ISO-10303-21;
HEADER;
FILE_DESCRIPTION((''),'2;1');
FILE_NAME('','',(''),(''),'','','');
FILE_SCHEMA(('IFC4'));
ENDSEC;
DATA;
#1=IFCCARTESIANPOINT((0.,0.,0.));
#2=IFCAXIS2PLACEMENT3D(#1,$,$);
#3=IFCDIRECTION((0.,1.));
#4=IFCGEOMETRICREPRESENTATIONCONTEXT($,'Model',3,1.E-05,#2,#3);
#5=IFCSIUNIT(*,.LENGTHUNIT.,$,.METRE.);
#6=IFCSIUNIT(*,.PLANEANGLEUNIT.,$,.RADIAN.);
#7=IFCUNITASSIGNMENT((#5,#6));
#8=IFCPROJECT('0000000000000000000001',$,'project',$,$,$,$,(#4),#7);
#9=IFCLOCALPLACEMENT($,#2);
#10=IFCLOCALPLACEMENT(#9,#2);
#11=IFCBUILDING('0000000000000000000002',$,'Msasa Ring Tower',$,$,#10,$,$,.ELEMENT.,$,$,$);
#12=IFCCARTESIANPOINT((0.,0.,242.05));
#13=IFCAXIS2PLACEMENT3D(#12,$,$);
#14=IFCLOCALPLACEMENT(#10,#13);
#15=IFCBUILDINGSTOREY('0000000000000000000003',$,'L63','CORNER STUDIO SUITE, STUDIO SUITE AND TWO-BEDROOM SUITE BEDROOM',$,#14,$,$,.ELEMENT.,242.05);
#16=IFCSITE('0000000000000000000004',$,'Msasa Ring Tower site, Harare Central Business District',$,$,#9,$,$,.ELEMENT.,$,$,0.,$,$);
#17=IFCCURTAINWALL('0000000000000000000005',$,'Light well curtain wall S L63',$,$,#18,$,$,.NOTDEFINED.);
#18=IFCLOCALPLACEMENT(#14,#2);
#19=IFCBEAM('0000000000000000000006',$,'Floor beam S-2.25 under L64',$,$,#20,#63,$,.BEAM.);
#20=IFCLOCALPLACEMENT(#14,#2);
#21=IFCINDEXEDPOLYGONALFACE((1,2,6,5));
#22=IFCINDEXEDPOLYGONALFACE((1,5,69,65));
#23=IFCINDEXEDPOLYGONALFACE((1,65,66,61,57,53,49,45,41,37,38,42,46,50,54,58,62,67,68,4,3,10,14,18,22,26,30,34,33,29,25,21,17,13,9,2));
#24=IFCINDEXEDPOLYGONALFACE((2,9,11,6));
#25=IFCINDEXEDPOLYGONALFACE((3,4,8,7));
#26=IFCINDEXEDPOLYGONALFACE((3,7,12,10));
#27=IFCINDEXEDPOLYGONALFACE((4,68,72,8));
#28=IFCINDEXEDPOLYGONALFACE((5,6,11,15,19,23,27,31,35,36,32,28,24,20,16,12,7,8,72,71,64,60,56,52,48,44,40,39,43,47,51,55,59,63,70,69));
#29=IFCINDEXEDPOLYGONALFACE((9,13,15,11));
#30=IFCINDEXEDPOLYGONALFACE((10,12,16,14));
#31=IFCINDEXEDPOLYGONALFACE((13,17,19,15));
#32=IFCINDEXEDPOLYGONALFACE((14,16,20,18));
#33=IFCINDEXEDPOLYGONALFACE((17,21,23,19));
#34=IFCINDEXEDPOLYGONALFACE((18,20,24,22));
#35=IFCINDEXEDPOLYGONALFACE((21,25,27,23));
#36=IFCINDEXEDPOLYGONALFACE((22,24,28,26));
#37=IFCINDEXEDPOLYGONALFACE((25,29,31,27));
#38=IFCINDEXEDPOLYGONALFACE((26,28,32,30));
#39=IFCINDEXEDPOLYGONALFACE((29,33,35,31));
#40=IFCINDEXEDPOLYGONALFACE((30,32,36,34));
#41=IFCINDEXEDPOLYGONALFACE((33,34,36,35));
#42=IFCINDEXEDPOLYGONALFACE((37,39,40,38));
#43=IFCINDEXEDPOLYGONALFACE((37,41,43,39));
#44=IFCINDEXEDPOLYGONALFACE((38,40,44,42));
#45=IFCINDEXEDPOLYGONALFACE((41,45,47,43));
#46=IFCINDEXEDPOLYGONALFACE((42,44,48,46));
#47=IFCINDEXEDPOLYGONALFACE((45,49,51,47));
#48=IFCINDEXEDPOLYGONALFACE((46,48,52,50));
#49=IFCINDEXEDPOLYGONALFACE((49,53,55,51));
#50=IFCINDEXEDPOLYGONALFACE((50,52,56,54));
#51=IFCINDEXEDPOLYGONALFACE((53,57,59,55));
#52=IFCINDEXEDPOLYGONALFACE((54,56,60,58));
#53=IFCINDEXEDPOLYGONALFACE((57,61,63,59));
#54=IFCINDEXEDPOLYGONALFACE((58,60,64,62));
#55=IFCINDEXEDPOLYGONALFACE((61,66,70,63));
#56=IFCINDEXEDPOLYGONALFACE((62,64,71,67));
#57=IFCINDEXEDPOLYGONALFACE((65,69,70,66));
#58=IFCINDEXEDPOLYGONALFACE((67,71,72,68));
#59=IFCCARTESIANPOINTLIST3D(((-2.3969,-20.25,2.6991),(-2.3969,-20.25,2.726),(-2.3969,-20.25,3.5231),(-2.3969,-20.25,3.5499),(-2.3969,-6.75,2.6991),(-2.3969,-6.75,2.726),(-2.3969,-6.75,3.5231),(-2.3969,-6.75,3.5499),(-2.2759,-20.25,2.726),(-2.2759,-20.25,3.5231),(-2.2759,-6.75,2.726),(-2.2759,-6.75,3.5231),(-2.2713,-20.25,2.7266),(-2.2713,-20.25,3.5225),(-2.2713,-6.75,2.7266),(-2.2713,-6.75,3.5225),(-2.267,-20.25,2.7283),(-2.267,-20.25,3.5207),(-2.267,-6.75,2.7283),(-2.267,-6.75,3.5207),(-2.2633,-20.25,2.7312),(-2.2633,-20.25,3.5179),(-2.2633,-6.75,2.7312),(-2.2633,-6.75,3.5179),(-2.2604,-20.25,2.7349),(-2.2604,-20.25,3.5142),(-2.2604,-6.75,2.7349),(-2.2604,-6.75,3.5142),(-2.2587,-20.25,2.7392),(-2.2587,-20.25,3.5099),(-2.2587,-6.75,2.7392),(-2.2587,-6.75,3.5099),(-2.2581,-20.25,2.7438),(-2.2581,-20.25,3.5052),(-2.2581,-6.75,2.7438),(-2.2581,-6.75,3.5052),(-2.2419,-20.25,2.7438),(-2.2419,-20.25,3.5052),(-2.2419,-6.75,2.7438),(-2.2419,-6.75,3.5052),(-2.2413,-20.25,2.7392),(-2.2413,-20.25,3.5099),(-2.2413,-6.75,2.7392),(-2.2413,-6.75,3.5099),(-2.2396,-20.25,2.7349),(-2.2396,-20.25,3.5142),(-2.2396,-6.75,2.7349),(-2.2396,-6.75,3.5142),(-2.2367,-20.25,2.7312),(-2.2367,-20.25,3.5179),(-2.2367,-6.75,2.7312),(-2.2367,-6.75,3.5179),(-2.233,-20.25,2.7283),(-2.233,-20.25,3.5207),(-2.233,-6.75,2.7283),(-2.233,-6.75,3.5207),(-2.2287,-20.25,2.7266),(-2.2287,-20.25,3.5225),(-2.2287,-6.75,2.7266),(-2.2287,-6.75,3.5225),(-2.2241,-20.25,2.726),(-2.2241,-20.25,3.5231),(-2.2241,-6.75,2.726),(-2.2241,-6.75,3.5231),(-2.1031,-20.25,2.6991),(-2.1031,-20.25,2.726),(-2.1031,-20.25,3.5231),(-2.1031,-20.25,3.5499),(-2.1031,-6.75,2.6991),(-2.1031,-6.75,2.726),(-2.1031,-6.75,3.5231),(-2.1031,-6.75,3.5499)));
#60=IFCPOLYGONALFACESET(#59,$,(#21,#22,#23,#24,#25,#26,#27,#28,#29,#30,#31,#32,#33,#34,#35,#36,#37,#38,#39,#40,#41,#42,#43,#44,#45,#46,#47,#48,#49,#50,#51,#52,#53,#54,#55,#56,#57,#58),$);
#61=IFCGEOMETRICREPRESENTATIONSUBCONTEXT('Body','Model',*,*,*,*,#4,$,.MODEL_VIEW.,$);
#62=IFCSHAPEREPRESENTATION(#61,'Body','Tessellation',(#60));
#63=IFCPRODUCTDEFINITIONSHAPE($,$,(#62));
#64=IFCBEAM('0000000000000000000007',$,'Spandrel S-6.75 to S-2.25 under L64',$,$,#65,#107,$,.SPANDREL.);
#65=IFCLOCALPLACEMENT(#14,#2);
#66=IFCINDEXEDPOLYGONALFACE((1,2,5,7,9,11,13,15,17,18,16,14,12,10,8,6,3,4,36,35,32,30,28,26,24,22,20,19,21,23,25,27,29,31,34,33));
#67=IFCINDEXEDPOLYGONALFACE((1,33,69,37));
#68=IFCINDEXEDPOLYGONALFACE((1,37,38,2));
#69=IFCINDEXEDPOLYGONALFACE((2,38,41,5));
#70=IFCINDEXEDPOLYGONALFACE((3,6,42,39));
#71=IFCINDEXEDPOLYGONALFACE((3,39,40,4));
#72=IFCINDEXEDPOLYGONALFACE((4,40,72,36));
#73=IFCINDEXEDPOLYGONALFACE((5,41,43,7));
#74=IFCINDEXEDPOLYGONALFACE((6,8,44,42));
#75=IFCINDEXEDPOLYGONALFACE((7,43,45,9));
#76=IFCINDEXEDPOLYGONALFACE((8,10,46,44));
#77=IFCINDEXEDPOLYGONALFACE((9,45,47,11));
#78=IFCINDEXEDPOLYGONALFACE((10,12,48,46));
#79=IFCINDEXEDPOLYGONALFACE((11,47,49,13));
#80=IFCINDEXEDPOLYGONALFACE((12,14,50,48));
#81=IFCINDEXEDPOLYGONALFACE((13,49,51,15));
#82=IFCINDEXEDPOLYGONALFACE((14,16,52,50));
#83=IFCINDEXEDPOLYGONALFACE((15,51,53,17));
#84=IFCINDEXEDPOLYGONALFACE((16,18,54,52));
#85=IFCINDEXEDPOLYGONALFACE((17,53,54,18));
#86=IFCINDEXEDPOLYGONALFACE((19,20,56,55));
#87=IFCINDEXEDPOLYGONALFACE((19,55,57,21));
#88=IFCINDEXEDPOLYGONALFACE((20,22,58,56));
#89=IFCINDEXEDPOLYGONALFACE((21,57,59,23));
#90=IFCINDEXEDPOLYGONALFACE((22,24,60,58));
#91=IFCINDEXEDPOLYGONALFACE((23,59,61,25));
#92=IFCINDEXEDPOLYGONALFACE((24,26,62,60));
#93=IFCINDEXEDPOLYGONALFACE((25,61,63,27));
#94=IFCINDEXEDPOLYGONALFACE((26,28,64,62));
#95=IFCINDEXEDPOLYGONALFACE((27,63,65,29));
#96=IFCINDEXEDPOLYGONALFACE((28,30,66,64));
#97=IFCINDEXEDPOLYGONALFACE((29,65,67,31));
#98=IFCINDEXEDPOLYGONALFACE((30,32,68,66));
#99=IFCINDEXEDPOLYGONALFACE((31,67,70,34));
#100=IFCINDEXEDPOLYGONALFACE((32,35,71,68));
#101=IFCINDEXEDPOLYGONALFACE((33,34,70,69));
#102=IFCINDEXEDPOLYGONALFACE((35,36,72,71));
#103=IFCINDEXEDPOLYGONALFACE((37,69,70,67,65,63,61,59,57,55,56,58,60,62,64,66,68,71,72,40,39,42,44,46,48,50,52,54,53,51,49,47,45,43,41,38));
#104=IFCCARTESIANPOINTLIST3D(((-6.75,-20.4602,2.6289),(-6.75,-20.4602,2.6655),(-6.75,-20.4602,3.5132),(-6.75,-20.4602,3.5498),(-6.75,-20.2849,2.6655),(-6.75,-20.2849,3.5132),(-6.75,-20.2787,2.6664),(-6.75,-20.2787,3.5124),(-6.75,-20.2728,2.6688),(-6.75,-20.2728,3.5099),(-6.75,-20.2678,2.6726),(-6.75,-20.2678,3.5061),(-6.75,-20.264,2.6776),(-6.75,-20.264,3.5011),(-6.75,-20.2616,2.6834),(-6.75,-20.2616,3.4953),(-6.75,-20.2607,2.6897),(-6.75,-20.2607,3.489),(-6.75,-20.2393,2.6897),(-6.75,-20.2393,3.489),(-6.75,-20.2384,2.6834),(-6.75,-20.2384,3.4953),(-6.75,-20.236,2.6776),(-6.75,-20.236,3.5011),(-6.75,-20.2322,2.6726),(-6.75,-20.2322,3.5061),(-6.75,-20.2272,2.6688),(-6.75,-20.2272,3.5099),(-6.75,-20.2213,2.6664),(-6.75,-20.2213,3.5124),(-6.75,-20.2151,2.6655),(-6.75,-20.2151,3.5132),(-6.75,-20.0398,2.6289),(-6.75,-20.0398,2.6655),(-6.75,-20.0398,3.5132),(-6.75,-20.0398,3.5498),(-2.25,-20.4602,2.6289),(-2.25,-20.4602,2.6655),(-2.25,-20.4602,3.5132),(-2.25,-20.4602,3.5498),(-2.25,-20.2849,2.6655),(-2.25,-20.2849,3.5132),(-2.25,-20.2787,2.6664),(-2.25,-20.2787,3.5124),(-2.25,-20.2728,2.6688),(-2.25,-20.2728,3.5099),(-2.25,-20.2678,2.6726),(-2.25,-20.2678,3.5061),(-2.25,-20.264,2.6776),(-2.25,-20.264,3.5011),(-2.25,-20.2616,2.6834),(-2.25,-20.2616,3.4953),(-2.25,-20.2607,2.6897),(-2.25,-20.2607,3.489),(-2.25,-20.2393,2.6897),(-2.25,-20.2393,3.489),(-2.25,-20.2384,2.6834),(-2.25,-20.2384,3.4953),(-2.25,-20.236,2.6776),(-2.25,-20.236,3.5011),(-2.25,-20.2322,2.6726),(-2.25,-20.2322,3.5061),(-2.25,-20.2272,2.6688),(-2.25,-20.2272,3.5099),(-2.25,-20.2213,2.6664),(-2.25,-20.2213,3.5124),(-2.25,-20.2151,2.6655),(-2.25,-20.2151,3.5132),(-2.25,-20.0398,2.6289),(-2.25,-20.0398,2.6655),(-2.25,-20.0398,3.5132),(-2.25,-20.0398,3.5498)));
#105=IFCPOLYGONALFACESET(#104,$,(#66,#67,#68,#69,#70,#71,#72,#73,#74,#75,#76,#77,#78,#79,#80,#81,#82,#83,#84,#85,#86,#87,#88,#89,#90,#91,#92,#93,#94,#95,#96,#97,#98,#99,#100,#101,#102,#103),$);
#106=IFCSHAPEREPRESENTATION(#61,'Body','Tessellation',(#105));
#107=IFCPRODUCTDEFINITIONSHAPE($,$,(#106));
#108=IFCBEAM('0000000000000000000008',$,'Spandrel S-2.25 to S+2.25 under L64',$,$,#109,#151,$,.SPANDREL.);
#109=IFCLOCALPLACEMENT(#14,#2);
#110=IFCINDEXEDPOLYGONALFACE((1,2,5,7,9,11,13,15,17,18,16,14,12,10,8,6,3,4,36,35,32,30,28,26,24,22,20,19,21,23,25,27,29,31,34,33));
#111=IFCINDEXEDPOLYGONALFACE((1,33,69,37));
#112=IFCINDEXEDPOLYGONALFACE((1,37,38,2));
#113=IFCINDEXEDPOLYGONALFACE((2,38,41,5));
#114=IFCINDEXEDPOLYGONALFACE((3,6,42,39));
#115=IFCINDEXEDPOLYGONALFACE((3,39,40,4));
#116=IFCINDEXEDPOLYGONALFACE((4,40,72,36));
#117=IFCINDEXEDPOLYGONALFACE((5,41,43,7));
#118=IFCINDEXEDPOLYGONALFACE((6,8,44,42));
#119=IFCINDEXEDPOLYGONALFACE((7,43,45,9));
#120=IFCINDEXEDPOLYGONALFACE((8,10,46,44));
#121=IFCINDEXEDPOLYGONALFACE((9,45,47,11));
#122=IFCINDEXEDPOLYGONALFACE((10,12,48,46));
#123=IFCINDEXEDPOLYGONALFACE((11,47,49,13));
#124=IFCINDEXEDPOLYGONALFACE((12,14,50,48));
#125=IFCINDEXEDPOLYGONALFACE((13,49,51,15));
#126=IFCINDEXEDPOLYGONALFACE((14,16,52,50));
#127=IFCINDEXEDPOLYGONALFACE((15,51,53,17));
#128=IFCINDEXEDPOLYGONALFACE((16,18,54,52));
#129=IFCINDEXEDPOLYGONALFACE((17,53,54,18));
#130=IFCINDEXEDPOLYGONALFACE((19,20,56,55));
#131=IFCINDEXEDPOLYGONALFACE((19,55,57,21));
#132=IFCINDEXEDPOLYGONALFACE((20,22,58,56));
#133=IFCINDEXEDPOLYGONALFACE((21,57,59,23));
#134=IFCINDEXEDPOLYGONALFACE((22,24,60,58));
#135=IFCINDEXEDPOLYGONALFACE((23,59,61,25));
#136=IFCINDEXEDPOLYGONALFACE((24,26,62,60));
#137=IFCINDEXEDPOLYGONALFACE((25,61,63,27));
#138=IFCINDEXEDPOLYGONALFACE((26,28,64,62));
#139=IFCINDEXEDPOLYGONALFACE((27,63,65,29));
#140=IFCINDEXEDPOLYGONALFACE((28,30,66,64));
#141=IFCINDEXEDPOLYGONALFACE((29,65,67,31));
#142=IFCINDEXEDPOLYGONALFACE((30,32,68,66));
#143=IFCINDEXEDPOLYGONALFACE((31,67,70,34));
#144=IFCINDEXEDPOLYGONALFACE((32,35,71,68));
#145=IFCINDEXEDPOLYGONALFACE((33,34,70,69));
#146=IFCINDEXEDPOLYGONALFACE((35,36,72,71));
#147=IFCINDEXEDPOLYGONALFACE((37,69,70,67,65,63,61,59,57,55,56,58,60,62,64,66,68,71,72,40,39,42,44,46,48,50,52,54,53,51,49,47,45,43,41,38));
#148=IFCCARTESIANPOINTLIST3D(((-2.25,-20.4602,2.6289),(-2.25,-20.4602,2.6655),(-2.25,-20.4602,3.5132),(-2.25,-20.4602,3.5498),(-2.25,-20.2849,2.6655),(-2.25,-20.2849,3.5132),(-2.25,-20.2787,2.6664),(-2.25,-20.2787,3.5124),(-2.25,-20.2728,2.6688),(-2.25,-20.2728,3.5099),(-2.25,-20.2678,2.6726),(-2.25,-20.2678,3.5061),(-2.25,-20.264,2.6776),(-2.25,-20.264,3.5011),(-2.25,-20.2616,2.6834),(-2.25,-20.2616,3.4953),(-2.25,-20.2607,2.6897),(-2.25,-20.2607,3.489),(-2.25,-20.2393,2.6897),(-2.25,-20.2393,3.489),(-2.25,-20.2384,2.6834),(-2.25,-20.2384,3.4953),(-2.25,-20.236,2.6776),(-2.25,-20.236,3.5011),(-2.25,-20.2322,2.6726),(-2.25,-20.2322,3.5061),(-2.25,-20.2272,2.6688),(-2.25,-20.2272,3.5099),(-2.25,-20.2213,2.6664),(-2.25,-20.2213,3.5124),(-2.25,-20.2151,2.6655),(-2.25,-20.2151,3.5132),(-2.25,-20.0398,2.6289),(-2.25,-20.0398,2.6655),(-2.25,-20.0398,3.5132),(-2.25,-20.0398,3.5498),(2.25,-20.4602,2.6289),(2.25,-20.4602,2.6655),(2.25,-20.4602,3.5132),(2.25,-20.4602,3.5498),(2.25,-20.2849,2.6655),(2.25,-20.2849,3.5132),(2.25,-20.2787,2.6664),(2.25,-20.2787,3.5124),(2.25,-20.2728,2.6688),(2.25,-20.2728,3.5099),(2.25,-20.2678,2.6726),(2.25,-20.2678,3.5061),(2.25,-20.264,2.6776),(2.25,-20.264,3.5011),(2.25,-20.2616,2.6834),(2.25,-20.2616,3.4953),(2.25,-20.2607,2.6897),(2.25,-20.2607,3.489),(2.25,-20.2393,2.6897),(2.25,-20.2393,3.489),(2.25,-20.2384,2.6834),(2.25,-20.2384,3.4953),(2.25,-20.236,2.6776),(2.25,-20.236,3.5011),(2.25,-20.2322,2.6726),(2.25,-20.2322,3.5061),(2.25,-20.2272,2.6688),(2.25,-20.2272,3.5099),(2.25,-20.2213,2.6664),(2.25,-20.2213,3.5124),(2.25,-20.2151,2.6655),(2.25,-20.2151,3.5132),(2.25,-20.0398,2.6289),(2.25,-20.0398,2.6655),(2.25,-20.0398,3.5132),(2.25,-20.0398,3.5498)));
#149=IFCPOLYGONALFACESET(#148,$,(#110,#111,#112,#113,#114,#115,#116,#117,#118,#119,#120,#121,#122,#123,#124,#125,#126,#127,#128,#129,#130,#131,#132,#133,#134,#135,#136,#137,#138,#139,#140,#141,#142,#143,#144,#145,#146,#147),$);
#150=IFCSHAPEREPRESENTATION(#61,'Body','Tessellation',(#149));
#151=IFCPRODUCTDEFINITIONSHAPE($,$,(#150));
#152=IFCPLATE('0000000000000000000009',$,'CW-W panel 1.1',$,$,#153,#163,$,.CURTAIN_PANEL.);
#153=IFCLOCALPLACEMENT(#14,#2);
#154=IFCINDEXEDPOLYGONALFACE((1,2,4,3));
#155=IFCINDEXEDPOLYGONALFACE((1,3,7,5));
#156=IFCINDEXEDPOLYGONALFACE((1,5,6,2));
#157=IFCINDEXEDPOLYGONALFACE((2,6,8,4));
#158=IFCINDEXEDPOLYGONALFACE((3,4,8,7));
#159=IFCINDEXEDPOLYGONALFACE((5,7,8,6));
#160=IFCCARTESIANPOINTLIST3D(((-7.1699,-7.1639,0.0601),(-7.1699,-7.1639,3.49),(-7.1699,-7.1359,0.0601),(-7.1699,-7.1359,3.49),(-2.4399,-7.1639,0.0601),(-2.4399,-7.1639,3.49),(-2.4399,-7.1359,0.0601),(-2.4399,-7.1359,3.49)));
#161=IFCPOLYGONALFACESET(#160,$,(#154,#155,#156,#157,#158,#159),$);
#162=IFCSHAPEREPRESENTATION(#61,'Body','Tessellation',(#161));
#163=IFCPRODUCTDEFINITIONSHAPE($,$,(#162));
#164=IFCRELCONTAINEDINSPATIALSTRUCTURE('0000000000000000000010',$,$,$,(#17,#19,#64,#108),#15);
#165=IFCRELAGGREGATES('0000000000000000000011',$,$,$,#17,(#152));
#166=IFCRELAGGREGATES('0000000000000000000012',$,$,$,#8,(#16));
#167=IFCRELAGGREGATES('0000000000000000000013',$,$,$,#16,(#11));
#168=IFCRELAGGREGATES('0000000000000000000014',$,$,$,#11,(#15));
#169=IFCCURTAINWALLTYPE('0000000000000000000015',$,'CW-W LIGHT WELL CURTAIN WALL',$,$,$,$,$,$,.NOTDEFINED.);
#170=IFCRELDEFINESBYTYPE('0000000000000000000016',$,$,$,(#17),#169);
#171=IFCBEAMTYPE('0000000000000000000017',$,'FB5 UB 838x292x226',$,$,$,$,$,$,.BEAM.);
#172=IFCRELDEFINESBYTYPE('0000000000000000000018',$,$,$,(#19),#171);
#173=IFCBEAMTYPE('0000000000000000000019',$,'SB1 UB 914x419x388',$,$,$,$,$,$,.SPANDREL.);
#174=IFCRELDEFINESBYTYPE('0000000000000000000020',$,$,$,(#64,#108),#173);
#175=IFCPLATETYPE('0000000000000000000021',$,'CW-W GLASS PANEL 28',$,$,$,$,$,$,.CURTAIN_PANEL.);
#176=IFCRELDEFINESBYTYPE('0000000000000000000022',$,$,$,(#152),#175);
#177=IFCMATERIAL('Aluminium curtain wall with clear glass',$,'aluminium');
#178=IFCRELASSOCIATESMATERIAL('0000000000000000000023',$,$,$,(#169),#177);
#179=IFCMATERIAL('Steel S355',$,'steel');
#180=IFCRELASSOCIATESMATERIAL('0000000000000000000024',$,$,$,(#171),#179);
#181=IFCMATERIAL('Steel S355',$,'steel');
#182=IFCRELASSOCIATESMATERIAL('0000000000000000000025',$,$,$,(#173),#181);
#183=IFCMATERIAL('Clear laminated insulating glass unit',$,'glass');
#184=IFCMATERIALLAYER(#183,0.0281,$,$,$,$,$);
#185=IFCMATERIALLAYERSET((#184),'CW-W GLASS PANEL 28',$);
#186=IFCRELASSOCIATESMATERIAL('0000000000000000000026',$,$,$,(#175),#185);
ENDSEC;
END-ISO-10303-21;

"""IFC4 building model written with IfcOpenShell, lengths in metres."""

from ifc_helpers import new_model, si_unit, direction, frame, origin, origin_2d, place, context, subcontext, project, spatial, rectangle, i_section, extrude, material, layer, layer_set, material_profile, profile_set, type_object, element, aggregate, save


model = new_model("IFC4")

# Units and contexts
model_context = context("Model", 3, precision=1e-05, world=origin(), true_north=direction((0.0, 1.0)))
body_context = subcontext(model_context, "Body", "Model", "MODEL_VIEW")
ifc_project = project(units=[si_unit("LENGTHUNIT", "METRE"), si_unit("PLANEANGLEUNIT", "RADIAN")], contexts=[model_context])

# Site, building, storey
site_placement = place(None, origin())
site = spatial("IfcSite", under=ifc_project, at=site_placement, Name="Msasa Ring Tower site, Harare Central Business District", CompositionType="ELEMENT", RefElevation=0.0)
building_placement = place(site_placement, origin())
building = spatial("IfcBuilding", under=site, at=building_placement, Name="Msasa Ring Tower", CompositionType="ELEMENT")
storey_placement = place(building_placement, frame((0.0, 0.0, 242.05)))
storey = spatial("IfcBuildingStorey", under=building, at=storey_placement, Name="L63", Description="CORNER STUDIO SUITE, STUDIO SUITE AND TWO-BEDROOM SUITE BEDROOM", CompositionType="ELEMENT", Elevation=242.05)

# Curtain wall
ifc_material_1 = material(Name="Aluminium curtain wall with clear glass", Category="aluminium")
curtain_wall_type = type_object("IfcCurtainWallType", Name="CW-W LIGHT WELL CURTAIN WALL", PredefinedType="NOTDEFINED", material=ifc_material_1)
curtain_wall_placement = place(storey_placement, origin())
curtain_wall = element("IfcCurtainWall", 1, at=curtain_wall_placement, inside=storey, type_object=curtain_wall_type, Name="Light well curtain wall S L63", PredefinedType="NOTDEFINED")

# Beams
ifc_material_2 = material(Name="Steel S355", Category="steel")
ifc_material_profile_1 = material_profile(ifc_material_2, i_section(OverallWidth=0.2937, OverallDepth=0.8508, WebThickness=0.0161, FlangeThickness=0.0269, FilletRadius=0.0178, at=origin_2d()), Name="UB 838x292x226")
ifc_profile_set_1 = profile_set([ifc_material_profile_1], Name="Steel S355")
beam_type_1 = type_object("IfcBeamType", Name="FB5 UB 838x292x226", PredefinedType="BEAM", material=ifc_profile_set_1)
for number, where, z_axis, x_axis, name in (
    (2, (-2.25, -20.25, 3.1245), (0.0, 1.0, 0.0), (-1.0, 0.0, 0.0), "Floor beam S-2.25 under L64"),
):
    element("IfcBeam", number, at=place(storey_placement, frame(where, z_axis=z_axis, x_axis=x_axis)), inside=storey, type_object=beam_type_1, Name=name, PredefinedType="BEAM", context=body_context, shape_type="SweptSolid", body=[
        extrude(i_section(OverallWidth=0.2937, OverallDepth=0.8508, WebThickness=0.0161, FlangeThickness=0.0269, FilletRadius=0.0178, at=origin_2d()), origin(), (0.0, 0.0, 1.0), 13.5),
    ])
ifc_material_3 = material(Name="Steel S355", Category="steel")
ifc_material_profile_2 = material_profile(ifc_material_3, i_section(OverallWidth=0.4204, OverallDepth=0.9209, WebThickness=0.0215, FlangeThickness=0.0366, FilletRadius=0.0242, at=origin_2d()), Name="UB 914x419x388")
ifc_profile_set_2 = profile_set([ifc_material_profile_2], Name="Steel S355")
beam_type_2 = type_object("IfcBeamType", Name="SB1 UB 914x419x388", PredefinedType="SPANDREL", material=ifc_profile_set_2)
for number, where, z_axis, x_axis, name in (
    (3, (-6.75, -20.25, 3.0894), (1.0, 0.0, 0.0), (0.0, 1.0, 0.0), "Spandrel S-6.75 to S-2.25 under L64"),
    (4, (-2.25, -20.25, 3.0894), (1.0, 0.0, 0.0), (0.0, 1.0, 0.0), "Spandrel S-2.25 to S+2.25 under L64"),
):
    element("IfcBeam", number, at=place(storey_placement, frame(where, z_axis=z_axis, x_axis=x_axis)), inside=storey, type_object=beam_type_2, Name=name, PredefinedType="SPANDREL", context=body_context, shape_type="SweptSolid", body=[
        extrude(i_section(OverallWidth=0.4204, OverallDepth=0.9209, WebThickness=0.0215, FlangeThickness=0.0366, FilletRadius=0.0242, at=origin_2d()), origin(), (0.0, 0.0, 1.0), 4.5),
    ])

# Plate
ifc_material_4 = material(Name="Clear laminated insulating glass unit", Category="glass")
ifc_layer_1 = layer(ifc_material_4, 0.0281)
ifc_layer_set_1 = layer_set([ifc_layer_1], Name="CW-W GLASS PANEL 28")
plate_type = type_object("IfcPlateType", Name="CW-W GLASS PANEL 28", PredefinedType="CURTAIN_PANEL", material=ifc_layer_set_1)
plate_placement = place(storey_placement, frame((-4.8049, -7.1499, 0.0601), z_axis=(0.0, 0.0, 1.0), x_axis=(1.0, 0.0, 0.0)))
plate = element("IfcPlate", 5, at=plate_placement, type_object=plate_type, Name="CW-W panel 1.1", PredefinedType="CURTAIN_PANEL", context=body_context, shape_type="SweptSolid", body=[
    extrude(rectangle(XDim=4.73, YDim=0.0281, at=origin_2d()), origin(), (0.0, 0.0, 1.0), 3.4299),
])
aggregate(curtain_wall, [plate])

save(model, "model.ifc")
